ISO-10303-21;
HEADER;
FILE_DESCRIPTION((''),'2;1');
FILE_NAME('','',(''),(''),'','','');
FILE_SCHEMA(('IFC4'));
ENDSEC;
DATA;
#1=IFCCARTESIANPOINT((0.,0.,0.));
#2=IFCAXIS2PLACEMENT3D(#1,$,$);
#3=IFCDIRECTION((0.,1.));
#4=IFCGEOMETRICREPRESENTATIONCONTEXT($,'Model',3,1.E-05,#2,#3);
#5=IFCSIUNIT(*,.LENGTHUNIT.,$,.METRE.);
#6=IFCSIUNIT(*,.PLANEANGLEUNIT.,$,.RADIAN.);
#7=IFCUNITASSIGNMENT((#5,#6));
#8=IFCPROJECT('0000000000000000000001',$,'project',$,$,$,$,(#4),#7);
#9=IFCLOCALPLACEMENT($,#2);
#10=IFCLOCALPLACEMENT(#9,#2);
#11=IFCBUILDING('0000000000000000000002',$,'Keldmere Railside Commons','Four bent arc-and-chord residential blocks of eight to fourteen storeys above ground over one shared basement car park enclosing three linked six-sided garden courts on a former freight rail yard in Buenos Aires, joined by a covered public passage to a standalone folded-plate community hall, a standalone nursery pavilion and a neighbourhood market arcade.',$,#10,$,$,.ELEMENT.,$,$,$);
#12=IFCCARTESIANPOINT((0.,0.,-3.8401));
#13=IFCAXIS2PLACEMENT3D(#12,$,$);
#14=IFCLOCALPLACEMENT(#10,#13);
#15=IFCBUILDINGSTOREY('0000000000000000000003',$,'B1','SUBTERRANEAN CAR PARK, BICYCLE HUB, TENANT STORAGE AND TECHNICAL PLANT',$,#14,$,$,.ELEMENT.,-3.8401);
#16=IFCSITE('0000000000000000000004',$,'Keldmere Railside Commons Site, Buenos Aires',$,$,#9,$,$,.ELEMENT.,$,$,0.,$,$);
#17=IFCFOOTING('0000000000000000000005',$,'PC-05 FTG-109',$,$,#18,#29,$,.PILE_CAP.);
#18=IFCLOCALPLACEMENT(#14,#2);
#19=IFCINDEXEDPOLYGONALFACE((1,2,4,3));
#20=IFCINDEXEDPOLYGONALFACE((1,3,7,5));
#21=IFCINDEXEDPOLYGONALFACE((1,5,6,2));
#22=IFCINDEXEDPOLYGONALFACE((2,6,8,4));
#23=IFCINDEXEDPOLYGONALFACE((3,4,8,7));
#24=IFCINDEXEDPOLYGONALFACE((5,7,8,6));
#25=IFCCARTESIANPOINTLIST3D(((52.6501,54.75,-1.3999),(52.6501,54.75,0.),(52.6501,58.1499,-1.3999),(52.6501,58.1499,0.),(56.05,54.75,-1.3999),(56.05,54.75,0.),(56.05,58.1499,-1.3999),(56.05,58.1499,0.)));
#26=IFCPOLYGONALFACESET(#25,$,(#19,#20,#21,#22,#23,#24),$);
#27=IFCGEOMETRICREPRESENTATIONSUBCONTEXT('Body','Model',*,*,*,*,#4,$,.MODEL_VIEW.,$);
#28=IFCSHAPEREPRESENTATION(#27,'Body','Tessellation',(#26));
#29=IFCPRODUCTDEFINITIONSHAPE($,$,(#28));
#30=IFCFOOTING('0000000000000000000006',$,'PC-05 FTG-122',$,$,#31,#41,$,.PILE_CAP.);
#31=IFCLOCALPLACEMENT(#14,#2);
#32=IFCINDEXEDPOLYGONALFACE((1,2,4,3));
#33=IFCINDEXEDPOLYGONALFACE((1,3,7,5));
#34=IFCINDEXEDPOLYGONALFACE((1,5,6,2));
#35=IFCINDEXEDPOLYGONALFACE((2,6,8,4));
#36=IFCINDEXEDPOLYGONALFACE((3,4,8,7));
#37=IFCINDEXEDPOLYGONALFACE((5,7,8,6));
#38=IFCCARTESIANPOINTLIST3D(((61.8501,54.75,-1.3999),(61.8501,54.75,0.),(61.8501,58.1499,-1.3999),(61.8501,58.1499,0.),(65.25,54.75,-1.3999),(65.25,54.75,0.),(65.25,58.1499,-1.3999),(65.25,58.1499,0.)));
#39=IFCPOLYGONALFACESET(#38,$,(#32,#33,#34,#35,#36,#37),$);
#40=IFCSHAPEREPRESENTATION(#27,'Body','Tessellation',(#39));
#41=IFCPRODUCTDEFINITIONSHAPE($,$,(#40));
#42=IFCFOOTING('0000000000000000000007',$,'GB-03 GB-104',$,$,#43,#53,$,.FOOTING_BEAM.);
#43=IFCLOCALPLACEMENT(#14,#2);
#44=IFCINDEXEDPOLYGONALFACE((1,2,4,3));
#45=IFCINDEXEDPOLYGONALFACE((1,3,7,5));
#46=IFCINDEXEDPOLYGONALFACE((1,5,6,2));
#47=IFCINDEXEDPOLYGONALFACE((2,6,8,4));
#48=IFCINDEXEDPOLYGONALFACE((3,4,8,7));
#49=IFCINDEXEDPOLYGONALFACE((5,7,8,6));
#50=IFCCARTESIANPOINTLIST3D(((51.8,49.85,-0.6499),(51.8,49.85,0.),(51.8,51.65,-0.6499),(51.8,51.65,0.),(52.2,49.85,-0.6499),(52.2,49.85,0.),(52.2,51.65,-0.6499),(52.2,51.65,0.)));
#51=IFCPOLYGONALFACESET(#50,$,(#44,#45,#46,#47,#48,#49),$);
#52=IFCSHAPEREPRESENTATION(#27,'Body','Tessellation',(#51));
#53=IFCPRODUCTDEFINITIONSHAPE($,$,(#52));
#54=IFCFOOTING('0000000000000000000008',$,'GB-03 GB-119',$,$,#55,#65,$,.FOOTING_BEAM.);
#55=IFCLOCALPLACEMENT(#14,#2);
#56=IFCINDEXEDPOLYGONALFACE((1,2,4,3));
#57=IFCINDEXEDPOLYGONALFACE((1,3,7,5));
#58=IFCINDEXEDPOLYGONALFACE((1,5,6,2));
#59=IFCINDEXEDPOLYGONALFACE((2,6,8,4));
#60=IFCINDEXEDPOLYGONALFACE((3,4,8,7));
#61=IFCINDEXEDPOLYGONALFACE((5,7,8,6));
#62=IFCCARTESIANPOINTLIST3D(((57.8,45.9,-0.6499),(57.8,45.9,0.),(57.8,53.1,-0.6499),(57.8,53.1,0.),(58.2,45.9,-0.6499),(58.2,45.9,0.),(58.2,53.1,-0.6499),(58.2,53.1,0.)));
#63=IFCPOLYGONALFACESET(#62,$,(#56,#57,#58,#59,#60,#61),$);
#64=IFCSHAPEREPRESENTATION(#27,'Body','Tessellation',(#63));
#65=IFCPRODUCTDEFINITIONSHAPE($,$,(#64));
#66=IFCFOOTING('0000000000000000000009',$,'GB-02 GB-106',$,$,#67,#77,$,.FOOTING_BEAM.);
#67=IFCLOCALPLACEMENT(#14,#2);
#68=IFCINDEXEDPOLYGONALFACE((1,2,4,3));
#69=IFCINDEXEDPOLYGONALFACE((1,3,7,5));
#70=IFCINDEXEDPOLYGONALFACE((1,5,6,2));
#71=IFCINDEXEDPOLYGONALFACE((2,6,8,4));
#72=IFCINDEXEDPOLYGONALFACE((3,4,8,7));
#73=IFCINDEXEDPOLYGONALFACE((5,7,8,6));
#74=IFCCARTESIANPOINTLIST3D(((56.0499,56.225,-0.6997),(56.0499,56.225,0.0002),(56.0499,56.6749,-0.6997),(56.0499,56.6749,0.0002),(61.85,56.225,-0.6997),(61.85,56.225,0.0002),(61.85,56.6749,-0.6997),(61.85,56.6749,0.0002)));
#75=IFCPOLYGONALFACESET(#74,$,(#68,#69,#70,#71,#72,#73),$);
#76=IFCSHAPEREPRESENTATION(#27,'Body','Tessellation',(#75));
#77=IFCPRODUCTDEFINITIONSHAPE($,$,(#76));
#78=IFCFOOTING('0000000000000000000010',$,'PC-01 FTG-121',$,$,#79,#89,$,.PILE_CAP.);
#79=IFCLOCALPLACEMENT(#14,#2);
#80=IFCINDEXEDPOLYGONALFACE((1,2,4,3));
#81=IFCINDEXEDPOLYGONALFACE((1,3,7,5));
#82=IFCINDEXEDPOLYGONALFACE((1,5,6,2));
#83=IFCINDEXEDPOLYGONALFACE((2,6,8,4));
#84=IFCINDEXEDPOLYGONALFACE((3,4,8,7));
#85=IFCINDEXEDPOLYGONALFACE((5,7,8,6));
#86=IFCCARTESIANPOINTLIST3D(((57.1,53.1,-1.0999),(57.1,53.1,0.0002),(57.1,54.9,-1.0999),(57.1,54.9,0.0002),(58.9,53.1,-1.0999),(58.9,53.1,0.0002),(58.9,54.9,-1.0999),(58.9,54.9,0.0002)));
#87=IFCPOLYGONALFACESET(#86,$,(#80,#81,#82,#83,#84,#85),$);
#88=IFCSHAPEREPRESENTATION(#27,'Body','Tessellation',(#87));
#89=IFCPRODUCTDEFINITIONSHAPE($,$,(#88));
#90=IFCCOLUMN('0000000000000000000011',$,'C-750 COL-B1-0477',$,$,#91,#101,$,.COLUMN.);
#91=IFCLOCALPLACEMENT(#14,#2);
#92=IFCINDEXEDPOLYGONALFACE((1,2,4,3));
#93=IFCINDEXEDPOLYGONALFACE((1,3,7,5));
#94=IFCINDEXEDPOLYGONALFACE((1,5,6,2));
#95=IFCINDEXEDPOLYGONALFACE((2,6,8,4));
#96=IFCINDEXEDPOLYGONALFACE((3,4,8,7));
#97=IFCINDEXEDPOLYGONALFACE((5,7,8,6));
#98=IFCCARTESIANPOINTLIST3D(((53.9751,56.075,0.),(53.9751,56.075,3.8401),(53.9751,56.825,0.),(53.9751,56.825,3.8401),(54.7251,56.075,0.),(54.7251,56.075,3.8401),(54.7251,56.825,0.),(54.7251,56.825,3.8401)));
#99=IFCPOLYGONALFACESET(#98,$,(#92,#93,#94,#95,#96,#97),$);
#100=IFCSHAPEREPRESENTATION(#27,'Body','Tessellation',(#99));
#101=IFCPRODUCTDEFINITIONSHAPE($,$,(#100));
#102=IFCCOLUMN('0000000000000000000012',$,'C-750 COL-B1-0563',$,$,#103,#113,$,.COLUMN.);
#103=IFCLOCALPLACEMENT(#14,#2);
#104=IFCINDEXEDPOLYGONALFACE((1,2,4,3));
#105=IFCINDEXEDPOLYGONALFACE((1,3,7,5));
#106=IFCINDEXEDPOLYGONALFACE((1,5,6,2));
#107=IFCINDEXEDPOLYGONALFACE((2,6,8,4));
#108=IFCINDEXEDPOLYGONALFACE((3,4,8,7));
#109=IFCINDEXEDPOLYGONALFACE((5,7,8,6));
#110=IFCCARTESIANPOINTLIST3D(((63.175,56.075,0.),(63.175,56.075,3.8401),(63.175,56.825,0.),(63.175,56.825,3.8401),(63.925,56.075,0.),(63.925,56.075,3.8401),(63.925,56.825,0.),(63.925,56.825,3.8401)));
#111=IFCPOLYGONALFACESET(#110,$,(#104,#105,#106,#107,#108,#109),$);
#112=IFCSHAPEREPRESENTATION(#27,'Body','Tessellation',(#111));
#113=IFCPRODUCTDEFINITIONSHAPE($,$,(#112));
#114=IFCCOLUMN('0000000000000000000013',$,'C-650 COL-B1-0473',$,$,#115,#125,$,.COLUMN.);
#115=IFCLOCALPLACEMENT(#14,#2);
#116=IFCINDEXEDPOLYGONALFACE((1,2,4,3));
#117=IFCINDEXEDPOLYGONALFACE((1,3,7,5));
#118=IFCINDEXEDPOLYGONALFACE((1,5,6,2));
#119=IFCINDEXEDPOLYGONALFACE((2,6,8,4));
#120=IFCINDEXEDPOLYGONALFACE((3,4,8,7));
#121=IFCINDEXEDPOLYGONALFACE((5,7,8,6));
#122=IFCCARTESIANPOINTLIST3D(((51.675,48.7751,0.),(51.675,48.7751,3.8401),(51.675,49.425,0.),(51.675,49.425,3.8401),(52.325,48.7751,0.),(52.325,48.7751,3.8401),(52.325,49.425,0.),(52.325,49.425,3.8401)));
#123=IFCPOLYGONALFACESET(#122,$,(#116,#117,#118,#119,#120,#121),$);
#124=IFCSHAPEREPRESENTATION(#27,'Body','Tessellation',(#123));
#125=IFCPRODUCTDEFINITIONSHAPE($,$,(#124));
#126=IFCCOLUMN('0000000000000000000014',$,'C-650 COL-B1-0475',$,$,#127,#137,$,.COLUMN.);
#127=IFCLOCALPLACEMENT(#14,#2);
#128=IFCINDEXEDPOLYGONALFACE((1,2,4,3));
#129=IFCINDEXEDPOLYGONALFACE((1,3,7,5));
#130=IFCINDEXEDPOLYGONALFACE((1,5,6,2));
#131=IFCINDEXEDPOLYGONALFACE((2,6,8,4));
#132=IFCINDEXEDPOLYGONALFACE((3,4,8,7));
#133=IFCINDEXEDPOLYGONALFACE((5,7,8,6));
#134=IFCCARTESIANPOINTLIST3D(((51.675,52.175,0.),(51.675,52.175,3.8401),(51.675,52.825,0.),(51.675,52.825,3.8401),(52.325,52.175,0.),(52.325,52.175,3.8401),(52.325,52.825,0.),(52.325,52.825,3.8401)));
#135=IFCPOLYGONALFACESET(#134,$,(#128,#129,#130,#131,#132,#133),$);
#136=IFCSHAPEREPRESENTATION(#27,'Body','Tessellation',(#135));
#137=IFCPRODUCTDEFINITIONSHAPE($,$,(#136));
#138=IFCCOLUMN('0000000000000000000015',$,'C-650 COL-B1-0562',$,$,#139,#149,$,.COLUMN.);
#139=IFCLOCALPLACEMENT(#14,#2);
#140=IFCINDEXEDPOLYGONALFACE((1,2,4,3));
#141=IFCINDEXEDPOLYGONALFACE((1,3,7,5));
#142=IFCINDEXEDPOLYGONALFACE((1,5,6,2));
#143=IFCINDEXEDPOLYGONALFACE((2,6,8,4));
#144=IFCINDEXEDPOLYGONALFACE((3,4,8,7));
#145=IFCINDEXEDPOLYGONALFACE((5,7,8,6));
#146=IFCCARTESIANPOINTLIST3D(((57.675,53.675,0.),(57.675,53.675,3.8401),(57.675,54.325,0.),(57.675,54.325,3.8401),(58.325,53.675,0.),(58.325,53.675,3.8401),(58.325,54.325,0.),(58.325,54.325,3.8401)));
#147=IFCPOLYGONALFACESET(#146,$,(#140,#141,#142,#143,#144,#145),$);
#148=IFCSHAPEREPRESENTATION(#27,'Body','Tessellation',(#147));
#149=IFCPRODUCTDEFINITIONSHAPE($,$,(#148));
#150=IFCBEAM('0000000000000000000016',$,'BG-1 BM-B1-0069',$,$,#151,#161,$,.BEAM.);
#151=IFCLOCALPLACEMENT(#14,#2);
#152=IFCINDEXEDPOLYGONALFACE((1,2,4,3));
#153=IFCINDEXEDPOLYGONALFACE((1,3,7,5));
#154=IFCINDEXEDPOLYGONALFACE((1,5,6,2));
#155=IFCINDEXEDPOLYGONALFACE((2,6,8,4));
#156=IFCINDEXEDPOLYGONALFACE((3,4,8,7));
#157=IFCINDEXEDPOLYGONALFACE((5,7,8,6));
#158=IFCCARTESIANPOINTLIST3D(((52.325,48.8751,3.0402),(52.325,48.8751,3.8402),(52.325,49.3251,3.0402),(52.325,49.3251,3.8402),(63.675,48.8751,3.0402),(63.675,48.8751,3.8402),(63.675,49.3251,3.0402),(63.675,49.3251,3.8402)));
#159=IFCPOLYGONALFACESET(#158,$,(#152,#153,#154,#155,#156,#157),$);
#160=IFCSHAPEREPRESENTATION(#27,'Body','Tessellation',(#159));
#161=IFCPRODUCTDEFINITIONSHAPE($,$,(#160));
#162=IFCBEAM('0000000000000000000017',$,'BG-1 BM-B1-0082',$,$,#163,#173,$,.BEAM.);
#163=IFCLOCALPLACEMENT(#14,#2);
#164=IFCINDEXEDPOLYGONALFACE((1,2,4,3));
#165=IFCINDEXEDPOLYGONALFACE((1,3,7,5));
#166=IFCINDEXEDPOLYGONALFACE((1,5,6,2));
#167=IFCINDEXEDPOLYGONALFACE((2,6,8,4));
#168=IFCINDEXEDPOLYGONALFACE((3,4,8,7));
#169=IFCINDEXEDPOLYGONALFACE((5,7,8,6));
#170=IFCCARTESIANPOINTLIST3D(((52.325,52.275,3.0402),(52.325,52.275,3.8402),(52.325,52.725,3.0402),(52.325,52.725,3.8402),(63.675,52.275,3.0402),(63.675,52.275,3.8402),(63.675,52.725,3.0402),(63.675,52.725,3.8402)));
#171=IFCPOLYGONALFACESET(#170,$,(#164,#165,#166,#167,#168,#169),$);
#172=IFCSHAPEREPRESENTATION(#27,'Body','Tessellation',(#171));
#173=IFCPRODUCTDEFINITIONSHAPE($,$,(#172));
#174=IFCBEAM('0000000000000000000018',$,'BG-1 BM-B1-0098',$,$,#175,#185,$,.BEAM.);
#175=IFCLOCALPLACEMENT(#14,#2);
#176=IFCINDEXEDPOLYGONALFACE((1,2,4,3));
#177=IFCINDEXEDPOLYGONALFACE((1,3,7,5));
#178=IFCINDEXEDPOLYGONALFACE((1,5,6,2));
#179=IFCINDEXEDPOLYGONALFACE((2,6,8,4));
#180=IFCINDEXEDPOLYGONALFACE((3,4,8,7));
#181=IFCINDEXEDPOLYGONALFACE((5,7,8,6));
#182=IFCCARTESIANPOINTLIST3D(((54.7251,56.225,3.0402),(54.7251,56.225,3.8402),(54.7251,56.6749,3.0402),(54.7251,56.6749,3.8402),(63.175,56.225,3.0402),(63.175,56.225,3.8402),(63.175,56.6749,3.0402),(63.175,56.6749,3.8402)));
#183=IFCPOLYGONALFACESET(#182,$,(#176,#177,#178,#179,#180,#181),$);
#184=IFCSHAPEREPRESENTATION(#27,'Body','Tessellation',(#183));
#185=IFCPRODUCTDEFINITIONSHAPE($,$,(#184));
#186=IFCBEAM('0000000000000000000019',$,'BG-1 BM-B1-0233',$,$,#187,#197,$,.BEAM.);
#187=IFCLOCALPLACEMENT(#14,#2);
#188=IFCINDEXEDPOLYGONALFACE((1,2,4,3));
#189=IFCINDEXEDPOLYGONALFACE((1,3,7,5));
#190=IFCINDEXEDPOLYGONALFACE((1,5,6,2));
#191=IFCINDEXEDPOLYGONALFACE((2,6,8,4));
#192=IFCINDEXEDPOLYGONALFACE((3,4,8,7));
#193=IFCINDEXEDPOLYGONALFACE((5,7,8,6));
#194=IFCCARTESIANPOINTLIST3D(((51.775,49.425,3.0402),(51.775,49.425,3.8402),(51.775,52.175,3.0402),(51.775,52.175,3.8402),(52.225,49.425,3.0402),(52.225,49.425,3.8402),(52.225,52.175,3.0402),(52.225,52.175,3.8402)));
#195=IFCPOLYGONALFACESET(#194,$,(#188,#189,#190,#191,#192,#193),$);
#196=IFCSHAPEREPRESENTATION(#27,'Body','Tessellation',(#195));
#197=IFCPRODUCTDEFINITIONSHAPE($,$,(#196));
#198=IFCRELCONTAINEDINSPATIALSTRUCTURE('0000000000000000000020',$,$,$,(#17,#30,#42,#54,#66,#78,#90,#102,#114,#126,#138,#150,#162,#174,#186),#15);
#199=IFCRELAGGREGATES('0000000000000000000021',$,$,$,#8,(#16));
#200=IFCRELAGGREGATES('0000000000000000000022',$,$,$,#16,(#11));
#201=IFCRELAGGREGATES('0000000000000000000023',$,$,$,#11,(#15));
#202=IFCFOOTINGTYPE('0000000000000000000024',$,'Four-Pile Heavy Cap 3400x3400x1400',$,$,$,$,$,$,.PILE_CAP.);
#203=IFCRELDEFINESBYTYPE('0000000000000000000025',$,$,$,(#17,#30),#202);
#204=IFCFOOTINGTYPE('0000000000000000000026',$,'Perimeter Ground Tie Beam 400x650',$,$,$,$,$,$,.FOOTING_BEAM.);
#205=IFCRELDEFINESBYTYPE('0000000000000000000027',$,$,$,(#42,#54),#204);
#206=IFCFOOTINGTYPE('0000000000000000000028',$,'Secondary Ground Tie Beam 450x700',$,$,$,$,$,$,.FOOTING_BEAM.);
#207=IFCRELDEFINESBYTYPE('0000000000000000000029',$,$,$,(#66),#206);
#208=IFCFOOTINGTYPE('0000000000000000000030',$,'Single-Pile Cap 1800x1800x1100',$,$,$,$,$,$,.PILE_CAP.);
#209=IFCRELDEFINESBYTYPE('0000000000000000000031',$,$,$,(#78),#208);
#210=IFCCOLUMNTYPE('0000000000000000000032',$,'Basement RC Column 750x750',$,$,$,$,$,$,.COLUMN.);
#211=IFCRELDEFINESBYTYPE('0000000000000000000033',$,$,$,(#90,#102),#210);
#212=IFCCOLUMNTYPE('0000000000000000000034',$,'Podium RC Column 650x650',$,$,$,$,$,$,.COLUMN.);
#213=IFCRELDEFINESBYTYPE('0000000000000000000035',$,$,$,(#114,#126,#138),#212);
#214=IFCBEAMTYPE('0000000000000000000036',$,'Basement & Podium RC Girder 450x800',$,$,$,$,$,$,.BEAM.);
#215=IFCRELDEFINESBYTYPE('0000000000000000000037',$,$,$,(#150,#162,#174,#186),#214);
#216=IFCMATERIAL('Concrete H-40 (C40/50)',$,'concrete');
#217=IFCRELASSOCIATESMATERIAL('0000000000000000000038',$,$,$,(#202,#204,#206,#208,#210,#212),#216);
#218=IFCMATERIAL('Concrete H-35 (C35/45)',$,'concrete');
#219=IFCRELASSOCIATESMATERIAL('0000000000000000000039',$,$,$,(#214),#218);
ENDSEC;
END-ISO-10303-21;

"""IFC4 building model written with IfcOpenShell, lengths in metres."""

from ifc_helpers import new_model, si_unit, direction, frame, origin, origin_2d, place, context, subcontext, project, spatial, rectangle, extrude, material, material_profile, profile_set, type_object, element, save


model = new_model("IFC4")

# Units and contexts
model_context = context("Model", 3, precision=1e-05, world=origin(), true_north=direction((0.0, 1.0)))
body_context = subcontext(model_context, "Body", "Model", "MODEL_VIEW")
ifc_project = project(units=[si_unit("LENGTHUNIT", "METRE"), si_unit("PLANEANGLEUNIT", "RADIAN")], contexts=[model_context])

# Site, building, storey
site_placement = place(None, origin())
site = spatial("IfcSite", under=ifc_project, at=site_placement, Name="Keldmere Railside Commons Site, Buenos Aires", CompositionType="ELEMENT", RefElevation=0.0)
building_placement = place(site_placement, origin())
building = spatial("IfcBuilding", under=site, at=building_placement, Name="Keldmere Railside Commons", Description="Four bent arc-and-chord residential blocks of eight to fourteen storeys above ground over one shared basement car park enclosing three linked six-sided garden courts on a former freight rail yard in Buenos Aires, joined by a covered public passage to a standalone folded-plate community hall, a standalone nursery pavilion and a neighbourhood market arcade.", CompositionType="ELEMENT")
storey_placement = place(building_placement, frame((0.0, 0.0, -3.8401)))
storey = spatial("IfcBuildingStorey", under=building, at=storey_placement, Name="B1", Description="SUBTERRANEAN CAR PARK, BICYCLE HUB, TENANT STORAGE AND TECHNICAL PLANT", CompositionType="ELEMENT", Elevation=-3.8401)

# Footings
ifc_material_1 = material(Name="Concrete H-40 (C40/50)", Category="concrete")
footing_type_1 = type_object("IfcFootingType", Name="Four-Pile Heavy Cap 3400x3400x1400", PredefinedType="PILE_CAP", material=ifc_material_1)
for number, where, z_axis, x_axis, name in (
    (1, (54.3501, 56.45, -1.3999), (0.0, 0.0, 1.0), (1.0, 0.0, 0.0), "PC-05 FTG-109"),
    (2, (63.55, 56.45, -1.3999), (0.0, 0.0, 1.0), (1.0, 0.0, 0.0), "PC-05 FTG-122"),
):
    element("IfcFooting", number, at=place(storey_placement, frame(where, z_axis=z_axis, x_axis=x_axis)), inside=storey, type_object=footing_type_1, Name=name, PredefinedType="PILE_CAP", context=body_context, shape_type="SweptSolid", body=[
        extrude(rectangle(XDim=3.3999, YDim=3.3999, at=origin_2d()), origin(), (0.0, 0.0, 1.0), 1.3999),
    ])
footing_type_2 = type_object("IfcFootingType", Name="Perimeter Ground Tie Beam 400x650", PredefinedType="FOOTING_BEAM", material=ifc_material_1)
footing_1_placement = place(storey_placement, frame((52.0, 50.75, -0.6499), z_axis=(0.0, 0.0, 1.0), x_axis=(0.0, 1.0, 0.0)))
element("IfcFooting", 3, at=footing_1_placement, inside=storey, type_object=footing_type_2, Name="GB-03 GB-104", PredefinedType="FOOTING_BEAM", context=body_context, shape_type="SweptSolid", body=[
    extrude(rectangle(XDim=1.8, YDim=0.3999, at=origin_2d()), origin(), (0.0, 0.0, 1.0), 0.6499),
])
footing_2_placement = place(storey_placement, frame((58.0, 49.5, -0.6499), z_axis=(0.0, 0.0, 1.0), x_axis=(0.0, 1.0, 0.0)))
element("IfcFooting", 4, at=footing_2_placement, inside=storey, type_object=footing_type_2, Name="GB-03 GB-119", PredefinedType="FOOTING_BEAM", context=body_context, shape_type="SweptSolid", body=[
    extrude(rectangle(XDim=7.2, YDim=0.3999, at=origin_2d()), origin(), (0.0, 0.0, 1.0), 0.6499),
])
footing_type_3 = type_object("IfcFootingType", Name="Secondary Ground Tie Beam 450x700", PredefinedType="FOOTING_BEAM", material=ifc_material_1)
footing_3_placement = place(storey_placement, frame((58.95, 56.45, -0.6997), z_axis=(0.0, 0.0, 1.0), x_axis=(1.0, 0.0, 0.0)))
element("IfcFooting", 5, at=footing_3_placement, inside=storey, type_object=footing_type_3, Name="GB-02 GB-106", PredefinedType="FOOTING_BEAM", context=body_context, shape_type="SweptSolid", body=[
    extrude(rectangle(XDim=5.8, YDim=0.45, at=origin_2d()), origin(), (0.0, 0.0, 1.0), 0.7),
])
footing_type_4 = type_object("IfcFootingType", Name="Single-Pile Cap 1800x1800x1100", PredefinedType="PILE_CAP", material=ifc_material_1)
footing_4_placement = place(storey_placement, frame((58.0, 54.0, -1.0999), z_axis=(0.0, 0.0, 1.0), x_axis=(1.0, 0.0, 0.0)))
element("IfcFooting", 6, at=footing_4_placement, inside=storey, type_object=footing_type_4, Name="PC-01 FTG-121", PredefinedType="PILE_CAP", context=body_context, shape_type="SweptSolid", body=[
    extrude(rectangle(XDim=1.8, YDim=1.8, at=origin_2d()), origin(), (0.0, 0.0, 1.0), 1.1001),
])

# Columns
ifc_material_profile_1 = material_profile(ifc_material_1, rectangle(XDim=0.75, YDim=0.75, at=origin_2d()), Name="RC-750x750")
ifc_profile_set_1 = profile_set([ifc_material_profile_1], Name="Concrete H-40 (C40/50)")
column_type_1 = type_object("IfcColumnType", Name="Basement RC Column 750x750", PredefinedType="COLUMN", material=ifc_profile_set_1)
for number, where, z_axis, x_axis, name in (
    (7, (54.3501, 56.45, 0.0), (0.0, 0.0, 1.0), (1.0, 0.0, 0.0), "C-750 COL-B1-0477"),
    (8, (63.55, 56.45, 0.0), (0.0, 0.0, 1.0), (1.0, 0.0, 0.0), "C-750 COL-B1-0563"),
):
    element("IfcColumn", number, at=place(storey_placement, frame(where, z_axis=z_axis, x_axis=x_axis)), inside=storey, type_object=column_type_1, Name=name, PredefinedType="COLUMN", context=body_context, shape_type="SweptSolid", body=[
        extrude(rectangle(XDim=0.75, YDim=0.75, at=origin_2d()), origin(), (0.0, 0.0, 1.0), 3.8401),
    ])
ifc_material_profile_2 = material_profile(ifc_material_1, rectangle(XDim=0.6499, YDim=0.6499, at=origin_2d()), Name="RC-650x650")
ifc_profile_set_2 = profile_set([ifc_material_profile_2], Name="Concrete H-40 (C40/50)")
column_type_2 = type_object("IfcColumnType", Name="Podium RC Column 650x650", PredefinedType="COLUMN", material=ifc_profile_set_2)
for number, where, z_axis, x_axis, name in (
    (9, (52.0, 49.1001, 0.0), (0.0, 0.0, 1.0), (1.0, 0.0, 0.0), "C-650 COL-B1-0473"),
    (10, (52.0, 52.5, 0.0), (0.0, 0.0, 1.0), (1.0, 0.0, 0.0), "C-650 COL-B1-0475"),
    (11, (58.0, 54.0, 0.0), (0.0, 0.0, 1.0), (1.0, 0.0, 0.0), "C-650 COL-B1-0562"),
):
    element("IfcColumn", number, at=place(storey_placement, frame(where, z_axis=z_axis, x_axis=x_axis)), inside=storey, type_object=column_type_2, Name=name, PredefinedType="COLUMN", context=body_context, shape_type="SweptSolid", body=[
        extrude(rectangle(XDim=0.6499, YDim=0.6499, at=origin_2d()), origin(), (0.0, 0.0, 1.0), 3.8401),
    ])

# Beams
ifc_material_2 = material(Name="Concrete H-35 (C35/45)", Category="concrete")
ifc_material_profile_3 = material_profile(ifc_material_2, rectangle(XDim=0.45, YDim=0.8, at=origin_2d()), Name="RC-450x800")
ifc_profile_set_3 = profile_set([ifc_material_profile_3], Name="Concrete H-35 (C35/45)")
beam_type = type_object("IfcBeamType", Name="Basement & Podium RC Girder 450x800", PredefinedType="BEAM", material=ifc_profile_set_3)
for number, where, z_axis, x_axis, name in (
    (12, (52.325, 49.1001, 3.4402), (1.0, 0.0, 0.0), (0.0, 1.0, 0.0), "BG-1 BM-B1-0069"),
    (13, (52.325, 52.5, 3.4402), (1.0, 0.0, 0.0), (0.0, 1.0, 0.0), "BG-1 BM-B1-0082"),
):
    element("IfcBeam", number, at=place(storey_placement, frame(where, z_axis=z_axis, x_axis=x_axis)), inside=storey, type_object=beam_type, Name=name, PredefinedType="BEAM", context=body_context, shape_type="SweptSolid", body=[
        extrude(rectangle(XDim=0.45, YDim=0.8, at=origin_2d()), origin(), (0.0, 0.0, 1.0), 11.3501),
    ])
beam_1_placement = place(storey_placement, frame((54.7251, 56.45, 3.4402), z_axis=(1.0, 0.0, 0.0), x_axis=(0.0, 1.0, 0.0)))
element("IfcBeam", 14, at=beam_1_placement, inside=storey, type_object=beam_type, Name="BG-1 BM-B1-0098", PredefinedType="BEAM", context=body_context, shape_type="SweptSolid", body=[
    extrude(rectangle(XDim=0.45, YDim=0.8, at=origin_2d()), origin(), (0.0, 0.0, 1.0), 8.45),
])
beam_2_placement = place(storey_placement, frame((52.0, 49.425, 3.4402), z_axis=(0.0, 1.0, 0.0), x_axis=(-1.0, 0.0, 0.0)))
element("IfcBeam", 15, at=beam_2_placement, inside=storey, type_object=beam_type, Name="BG-1 BM-B1-0233", PredefinedType="BEAM", context=body_context, shape_type="SweptSolid", body=[
    extrude(rectangle(XDim=0.45, YDim=0.8, at=origin_2d()), origin(), (0.0, 0.0, 1.0), 2.75),
])

save(model, "model.ifc")
